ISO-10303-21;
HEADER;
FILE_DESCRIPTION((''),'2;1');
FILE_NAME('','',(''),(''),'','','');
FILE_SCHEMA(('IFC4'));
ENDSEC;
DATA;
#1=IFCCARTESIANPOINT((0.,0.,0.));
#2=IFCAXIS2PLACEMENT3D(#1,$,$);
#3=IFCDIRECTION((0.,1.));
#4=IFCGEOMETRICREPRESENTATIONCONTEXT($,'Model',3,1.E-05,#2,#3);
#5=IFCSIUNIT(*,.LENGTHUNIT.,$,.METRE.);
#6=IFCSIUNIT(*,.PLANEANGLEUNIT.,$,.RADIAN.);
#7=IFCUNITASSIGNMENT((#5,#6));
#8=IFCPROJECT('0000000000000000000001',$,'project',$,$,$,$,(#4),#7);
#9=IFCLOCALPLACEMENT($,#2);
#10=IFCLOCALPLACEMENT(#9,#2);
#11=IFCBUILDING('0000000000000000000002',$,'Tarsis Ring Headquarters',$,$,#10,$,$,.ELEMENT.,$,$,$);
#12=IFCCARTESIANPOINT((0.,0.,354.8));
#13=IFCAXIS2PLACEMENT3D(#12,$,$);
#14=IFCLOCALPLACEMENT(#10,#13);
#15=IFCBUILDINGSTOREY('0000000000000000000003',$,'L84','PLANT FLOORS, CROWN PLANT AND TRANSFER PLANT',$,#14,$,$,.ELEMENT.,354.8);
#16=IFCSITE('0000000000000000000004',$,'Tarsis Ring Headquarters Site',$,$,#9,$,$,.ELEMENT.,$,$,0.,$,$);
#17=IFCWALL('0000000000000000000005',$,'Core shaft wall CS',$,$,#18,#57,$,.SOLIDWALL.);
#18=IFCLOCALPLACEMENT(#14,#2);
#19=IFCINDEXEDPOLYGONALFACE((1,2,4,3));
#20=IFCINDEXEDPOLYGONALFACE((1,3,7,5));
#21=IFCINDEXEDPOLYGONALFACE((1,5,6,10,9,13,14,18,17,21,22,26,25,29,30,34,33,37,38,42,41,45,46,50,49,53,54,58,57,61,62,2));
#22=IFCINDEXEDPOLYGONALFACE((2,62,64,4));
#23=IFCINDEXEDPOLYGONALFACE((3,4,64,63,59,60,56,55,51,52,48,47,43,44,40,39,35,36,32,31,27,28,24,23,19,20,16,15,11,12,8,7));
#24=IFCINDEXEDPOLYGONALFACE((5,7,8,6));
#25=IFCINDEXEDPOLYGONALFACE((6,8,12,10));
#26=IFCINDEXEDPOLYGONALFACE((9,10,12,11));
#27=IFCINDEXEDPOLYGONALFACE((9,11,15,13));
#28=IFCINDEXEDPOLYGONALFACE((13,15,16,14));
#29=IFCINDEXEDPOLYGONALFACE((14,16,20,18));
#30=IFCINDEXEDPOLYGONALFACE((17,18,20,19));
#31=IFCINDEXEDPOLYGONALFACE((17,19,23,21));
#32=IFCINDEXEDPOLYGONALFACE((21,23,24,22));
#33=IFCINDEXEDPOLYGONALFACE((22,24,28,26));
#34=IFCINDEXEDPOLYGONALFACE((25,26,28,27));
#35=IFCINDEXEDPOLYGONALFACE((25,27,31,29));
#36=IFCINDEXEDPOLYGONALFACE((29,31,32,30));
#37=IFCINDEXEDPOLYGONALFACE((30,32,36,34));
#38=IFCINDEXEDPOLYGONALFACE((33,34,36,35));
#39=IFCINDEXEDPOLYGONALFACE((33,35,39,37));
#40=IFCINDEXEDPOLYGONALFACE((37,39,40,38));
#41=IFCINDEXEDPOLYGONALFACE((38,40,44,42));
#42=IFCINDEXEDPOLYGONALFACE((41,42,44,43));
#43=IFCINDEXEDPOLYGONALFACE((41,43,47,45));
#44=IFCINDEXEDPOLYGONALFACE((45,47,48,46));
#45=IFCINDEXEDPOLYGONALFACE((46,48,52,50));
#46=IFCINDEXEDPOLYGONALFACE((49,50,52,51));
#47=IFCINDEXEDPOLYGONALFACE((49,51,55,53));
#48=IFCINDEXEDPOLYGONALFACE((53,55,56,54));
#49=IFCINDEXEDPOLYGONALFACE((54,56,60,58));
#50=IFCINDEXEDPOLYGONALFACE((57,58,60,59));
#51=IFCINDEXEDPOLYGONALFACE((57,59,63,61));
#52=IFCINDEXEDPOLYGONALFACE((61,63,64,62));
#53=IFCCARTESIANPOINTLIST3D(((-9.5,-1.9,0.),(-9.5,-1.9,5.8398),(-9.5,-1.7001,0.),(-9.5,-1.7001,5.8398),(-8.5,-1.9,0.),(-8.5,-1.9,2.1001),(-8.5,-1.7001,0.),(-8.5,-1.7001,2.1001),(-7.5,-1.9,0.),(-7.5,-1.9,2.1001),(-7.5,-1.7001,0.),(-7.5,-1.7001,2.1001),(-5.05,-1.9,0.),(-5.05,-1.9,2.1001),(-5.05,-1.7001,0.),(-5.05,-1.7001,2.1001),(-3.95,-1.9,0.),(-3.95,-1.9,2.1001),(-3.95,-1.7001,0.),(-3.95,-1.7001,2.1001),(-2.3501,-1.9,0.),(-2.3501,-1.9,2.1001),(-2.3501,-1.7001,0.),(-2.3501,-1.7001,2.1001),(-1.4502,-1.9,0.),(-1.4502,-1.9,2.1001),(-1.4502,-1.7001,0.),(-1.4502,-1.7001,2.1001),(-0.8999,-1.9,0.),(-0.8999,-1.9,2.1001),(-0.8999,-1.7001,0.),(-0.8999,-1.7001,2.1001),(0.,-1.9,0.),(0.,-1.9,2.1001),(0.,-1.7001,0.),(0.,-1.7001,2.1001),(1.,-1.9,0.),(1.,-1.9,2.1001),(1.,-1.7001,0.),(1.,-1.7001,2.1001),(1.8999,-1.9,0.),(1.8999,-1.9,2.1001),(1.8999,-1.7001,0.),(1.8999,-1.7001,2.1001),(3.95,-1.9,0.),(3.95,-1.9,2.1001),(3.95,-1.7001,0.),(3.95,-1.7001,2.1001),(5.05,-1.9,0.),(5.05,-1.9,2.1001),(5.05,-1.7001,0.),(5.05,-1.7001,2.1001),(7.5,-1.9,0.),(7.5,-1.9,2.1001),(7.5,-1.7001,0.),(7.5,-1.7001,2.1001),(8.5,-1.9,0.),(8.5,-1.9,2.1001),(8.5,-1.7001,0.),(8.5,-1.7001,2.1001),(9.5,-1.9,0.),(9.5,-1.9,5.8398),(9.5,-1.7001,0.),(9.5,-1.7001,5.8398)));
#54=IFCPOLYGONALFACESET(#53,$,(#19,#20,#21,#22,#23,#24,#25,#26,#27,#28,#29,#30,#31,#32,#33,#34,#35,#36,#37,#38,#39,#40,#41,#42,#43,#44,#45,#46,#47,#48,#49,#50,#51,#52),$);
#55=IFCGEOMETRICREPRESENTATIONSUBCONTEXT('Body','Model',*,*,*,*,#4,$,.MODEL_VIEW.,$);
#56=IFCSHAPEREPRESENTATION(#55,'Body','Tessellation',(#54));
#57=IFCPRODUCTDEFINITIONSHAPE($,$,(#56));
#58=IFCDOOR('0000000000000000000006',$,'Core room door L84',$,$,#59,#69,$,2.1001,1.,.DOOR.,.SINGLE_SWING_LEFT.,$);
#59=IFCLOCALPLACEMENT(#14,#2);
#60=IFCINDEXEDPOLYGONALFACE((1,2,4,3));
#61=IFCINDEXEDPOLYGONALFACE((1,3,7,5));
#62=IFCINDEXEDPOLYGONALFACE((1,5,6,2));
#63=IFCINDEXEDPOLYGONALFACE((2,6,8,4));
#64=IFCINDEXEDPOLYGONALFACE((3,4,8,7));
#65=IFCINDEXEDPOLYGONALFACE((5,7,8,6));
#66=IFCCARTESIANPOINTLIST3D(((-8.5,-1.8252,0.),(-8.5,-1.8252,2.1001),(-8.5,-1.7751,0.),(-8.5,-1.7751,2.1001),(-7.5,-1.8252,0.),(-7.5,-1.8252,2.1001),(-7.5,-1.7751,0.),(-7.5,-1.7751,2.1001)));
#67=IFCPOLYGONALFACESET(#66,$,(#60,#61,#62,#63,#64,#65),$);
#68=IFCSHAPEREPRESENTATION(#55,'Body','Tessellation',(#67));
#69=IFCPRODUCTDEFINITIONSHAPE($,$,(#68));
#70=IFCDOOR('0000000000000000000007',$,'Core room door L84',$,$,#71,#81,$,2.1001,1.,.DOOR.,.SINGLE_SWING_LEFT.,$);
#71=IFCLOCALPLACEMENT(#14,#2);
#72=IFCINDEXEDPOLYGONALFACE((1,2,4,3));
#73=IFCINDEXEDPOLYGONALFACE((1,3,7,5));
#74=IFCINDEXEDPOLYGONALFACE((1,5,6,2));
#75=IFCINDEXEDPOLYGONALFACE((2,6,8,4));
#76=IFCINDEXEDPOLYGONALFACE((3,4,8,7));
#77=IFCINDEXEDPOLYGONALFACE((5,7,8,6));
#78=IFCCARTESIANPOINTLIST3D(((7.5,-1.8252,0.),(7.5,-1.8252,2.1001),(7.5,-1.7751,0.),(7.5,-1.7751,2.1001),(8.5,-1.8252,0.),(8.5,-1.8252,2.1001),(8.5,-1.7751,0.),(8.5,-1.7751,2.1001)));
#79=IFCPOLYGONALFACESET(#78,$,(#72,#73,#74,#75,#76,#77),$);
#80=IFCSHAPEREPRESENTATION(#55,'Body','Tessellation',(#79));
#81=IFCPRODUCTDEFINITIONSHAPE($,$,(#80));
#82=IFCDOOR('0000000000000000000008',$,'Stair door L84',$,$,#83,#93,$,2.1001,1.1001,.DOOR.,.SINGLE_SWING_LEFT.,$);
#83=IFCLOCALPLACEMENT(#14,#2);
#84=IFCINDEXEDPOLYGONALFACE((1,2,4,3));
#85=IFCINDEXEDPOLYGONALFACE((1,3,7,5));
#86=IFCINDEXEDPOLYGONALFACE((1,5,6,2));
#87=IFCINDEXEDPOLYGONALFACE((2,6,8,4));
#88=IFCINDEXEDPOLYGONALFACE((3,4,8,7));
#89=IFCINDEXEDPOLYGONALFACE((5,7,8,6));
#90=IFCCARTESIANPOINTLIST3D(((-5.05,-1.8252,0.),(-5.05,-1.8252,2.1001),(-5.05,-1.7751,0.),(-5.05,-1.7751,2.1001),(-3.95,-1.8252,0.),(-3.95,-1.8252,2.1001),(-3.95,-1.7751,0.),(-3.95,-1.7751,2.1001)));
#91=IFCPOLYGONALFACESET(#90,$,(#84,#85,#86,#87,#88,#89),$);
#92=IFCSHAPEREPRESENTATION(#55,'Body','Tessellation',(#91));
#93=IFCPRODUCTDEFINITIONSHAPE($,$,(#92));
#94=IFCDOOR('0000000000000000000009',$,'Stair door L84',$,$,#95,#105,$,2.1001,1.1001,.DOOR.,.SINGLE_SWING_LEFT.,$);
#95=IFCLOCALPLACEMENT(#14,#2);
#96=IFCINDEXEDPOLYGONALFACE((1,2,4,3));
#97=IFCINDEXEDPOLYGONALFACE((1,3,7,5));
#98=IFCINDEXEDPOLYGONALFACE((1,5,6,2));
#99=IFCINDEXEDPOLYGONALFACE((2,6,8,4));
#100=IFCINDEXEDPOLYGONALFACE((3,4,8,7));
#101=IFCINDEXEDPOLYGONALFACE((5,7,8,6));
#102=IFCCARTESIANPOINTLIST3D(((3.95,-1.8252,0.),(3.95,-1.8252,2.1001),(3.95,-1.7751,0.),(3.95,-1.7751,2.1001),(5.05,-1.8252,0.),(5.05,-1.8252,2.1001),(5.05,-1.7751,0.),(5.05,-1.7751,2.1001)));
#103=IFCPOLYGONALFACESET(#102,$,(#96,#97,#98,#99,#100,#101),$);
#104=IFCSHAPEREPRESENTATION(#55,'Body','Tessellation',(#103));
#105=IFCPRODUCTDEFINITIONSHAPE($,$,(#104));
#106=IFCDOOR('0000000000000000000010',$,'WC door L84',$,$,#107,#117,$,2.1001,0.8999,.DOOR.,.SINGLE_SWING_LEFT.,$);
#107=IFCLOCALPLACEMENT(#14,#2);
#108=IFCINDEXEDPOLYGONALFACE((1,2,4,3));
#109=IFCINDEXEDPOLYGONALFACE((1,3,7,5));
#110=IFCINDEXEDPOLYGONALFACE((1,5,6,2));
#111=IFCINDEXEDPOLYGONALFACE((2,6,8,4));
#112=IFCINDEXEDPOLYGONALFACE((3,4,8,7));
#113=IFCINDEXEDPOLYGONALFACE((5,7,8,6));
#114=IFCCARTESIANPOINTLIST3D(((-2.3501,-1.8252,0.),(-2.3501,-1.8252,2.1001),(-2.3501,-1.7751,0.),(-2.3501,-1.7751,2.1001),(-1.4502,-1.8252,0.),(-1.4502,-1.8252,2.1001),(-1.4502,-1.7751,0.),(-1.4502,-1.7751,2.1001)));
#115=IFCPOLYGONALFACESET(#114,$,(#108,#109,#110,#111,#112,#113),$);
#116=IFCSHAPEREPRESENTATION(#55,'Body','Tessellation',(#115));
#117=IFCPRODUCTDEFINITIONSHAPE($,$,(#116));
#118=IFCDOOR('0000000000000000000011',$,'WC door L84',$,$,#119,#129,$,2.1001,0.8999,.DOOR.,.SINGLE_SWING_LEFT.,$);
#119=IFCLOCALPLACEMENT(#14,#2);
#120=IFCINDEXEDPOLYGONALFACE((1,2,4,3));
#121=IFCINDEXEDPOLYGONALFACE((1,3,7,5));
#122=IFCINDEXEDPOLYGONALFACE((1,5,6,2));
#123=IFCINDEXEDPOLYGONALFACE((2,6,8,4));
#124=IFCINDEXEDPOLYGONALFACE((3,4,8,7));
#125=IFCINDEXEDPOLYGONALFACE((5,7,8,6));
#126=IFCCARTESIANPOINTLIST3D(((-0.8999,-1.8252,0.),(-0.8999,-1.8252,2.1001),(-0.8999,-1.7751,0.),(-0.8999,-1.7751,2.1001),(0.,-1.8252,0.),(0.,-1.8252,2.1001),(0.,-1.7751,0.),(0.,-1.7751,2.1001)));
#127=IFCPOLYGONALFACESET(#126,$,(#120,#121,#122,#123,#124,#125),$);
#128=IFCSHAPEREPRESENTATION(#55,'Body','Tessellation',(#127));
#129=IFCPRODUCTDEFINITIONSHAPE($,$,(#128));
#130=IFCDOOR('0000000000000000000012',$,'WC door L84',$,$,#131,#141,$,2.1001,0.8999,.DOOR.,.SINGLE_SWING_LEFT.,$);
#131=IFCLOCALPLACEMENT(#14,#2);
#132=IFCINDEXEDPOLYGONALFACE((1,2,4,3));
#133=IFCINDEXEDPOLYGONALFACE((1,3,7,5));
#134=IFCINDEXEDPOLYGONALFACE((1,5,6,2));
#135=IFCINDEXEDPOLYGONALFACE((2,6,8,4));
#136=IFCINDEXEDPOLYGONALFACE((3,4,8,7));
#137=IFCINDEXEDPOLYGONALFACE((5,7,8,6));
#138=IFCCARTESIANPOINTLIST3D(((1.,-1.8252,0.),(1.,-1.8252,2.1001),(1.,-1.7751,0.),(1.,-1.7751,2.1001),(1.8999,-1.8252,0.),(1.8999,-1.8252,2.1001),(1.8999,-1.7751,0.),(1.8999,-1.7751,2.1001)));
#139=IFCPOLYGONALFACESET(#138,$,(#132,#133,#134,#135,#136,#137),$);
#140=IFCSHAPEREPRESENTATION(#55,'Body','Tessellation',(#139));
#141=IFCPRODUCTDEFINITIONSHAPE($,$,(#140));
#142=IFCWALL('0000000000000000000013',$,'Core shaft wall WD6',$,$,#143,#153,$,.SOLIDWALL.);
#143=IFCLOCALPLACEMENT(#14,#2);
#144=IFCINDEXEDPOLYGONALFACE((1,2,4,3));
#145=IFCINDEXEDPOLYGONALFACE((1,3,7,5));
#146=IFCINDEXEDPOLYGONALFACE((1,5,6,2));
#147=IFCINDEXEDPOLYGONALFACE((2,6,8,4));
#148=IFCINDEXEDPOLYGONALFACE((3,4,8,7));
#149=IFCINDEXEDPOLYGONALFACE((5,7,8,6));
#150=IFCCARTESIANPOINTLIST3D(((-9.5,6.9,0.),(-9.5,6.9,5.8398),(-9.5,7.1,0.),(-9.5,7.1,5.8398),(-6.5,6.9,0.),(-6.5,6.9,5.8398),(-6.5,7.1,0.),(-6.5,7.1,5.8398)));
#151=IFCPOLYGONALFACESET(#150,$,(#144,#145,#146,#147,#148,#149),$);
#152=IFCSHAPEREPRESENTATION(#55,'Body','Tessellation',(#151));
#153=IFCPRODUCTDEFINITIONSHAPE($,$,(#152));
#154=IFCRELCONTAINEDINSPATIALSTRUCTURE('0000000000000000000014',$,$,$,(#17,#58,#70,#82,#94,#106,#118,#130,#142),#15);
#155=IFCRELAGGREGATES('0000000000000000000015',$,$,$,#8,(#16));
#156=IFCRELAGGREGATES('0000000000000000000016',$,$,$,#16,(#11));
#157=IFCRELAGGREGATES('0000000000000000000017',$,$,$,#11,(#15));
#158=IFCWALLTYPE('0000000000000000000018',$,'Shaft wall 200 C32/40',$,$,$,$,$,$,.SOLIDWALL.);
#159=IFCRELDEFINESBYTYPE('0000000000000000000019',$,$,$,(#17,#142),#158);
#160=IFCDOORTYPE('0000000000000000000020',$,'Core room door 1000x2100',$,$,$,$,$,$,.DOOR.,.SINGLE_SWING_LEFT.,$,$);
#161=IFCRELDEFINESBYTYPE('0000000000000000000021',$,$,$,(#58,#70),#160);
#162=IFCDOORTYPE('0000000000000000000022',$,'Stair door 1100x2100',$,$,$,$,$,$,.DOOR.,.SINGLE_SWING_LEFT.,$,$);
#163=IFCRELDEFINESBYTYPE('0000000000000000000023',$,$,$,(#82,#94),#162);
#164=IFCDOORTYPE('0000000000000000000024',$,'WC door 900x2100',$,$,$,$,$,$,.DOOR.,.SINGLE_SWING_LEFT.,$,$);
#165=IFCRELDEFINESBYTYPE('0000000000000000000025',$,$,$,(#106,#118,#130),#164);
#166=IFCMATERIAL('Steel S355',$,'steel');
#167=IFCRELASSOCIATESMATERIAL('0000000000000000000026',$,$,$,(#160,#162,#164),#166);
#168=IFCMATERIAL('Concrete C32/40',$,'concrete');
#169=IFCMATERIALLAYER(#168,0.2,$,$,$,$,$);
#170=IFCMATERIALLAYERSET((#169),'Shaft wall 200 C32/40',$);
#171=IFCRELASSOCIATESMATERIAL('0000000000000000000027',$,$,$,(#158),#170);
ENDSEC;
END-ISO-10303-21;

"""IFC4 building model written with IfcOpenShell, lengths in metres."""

from ifc_helpers import new_model, si_unit, direction, frame, frame_2d, origin, place, context, subcontext, project, spatial, rectangle, extrude, material, layer, layer_set, type_object, element, fill, save


model = new_model("IFC4")

# Units and contexts
model_context = context("Model", 3, precision=1e-05, world=origin(), true_north=direction((0.0, 1.0)))
body_context = subcontext(model_context, "Body", "Model", "MODEL_VIEW")
ifc_project = project(units=[si_unit("LENGTHUNIT", "METRE"), si_unit("PLANEANGLEUNIT", "RADIAN")], contexts=[model_context])

# Site, building, storey
site_placement = place(None, origin())
site = spatial("IfcSite", under=ifc_project, at=site_placement, Name="Tarsis Ring Headquarters Site", CompositionType="ELEMENT", RefElevation=0.0)
building_placement = place(site_placement, origin())
building = spatial("IfcBuilding", under=site, at=building_placement, Name="Tarsis Ring Headquarters", CompositionType="ELEMENT")
storey_placement = place(building_placement, frame((0.0, 0.0, 354.8)))
storey = spatial("IfcBuildingStorey", under=building, at=storey_placement, Name="L84", Description="PLANT FLOORS, CROWN PLANT AND TRANSFER PLANT", CompositionType="ELEMENT", Elevation=354.8)

# Shared definitions
ifc_material_1 = material(Name="Steel S355", Category="steel")
door_type_1 = type_object("IfcDoorType", Name="Core room door 1000x2100", OperationType="SINGLE_SWING_LEFT", PredefinedType="DOOR", material=ifc_material_1)

# Wall, openings, doors
ifc_material_2 = material(Name="Concrete C32/40", Category="concrete")
ifc_layer_1 = layer(ifc_material_2, 0.2)
ifc_layer_set_1 = layer_set([ifc_layer_1], Name="Shaft wall 200 C32/40")
wall_type_1 = type_object("IfcWallType", Name="Shaft wall 200 C32/40", PredefinedType="SOLIDWALL", material=ifc_layer_set_1)
door_type_2 = type_object("IfcDoorType", Name="Stair door 1100x2100", OperationType="SINGLE_SWING_LEFT", PredefinedType="DOOR", material=ifc_material_1)
wall_1_placement = place(storey_placement, frame((-9.5, -1.8, 0.0), z_axis=(0.0, 0.0, 1.0), x_axis=(1.0, 0.0, 0.0)))
wall_1 = element("IfcWall", 1, at=wall_1_placement, inside=storey, type_object=wall_type_1, Name="Core shaft wall CS", PredefinedType="SOLIDWALL", context=body_context, shape_type="SweptSolid", body=[
    extrude(rectangle(XDim=19.0, YDim=0.2, at=frame_2d((9.5, 0.0))), origin(), (0.0, 0.0, 1.0), 5.8398),
])
opening_1_placement = place(wall_1_placement, frame((1.0, 0.0, 0.0)))
opening_1 = element("IfcOpeningElement", 2, at=opening_1_placement, cuts=wall_1, PredefinedType="OPENING", context=body_context, shape_type="SweptSolid", body=[
    extrude(rectangle(XDim=1.0, YDim=2.1001, at=frame_2d((0.5, 1.05))), frame((0.0, 0.1099, 0.0), z_axis=(0.0, -1.0, 0.0), x_axis=(1.0, 0.0, 0.0)), (0.0, 0.0, 1.0), 0.22),
])
opening_2_placement = place(wall_1_placement, frame((4.45, 0.0, 0.0)))
opening_2 = element("IfcOpeningElement", 3, at=opening_2_placement, cuts=wall_1, PredefinedType="OPENING", context=body_context, shape_type="SweptSolid", body=[
    extrude(rectangle(XDim=1.1001, YDim=2.1001, at=frame_2d((0.55, 1.05))), frame((0.0, 0.1099, 0.0), z_axis=(0.0, -1.0, 0.0), x_axis=(1.0, 0.0, 0.0)), (0.0, 0.0, 1.0), 0.22),
])
opening_3_placement = place(wall_1_placement, frame((7.1499, 0.0, 0.0)))
opening_3 = element("IfcOpeningElement", 4, at=opening_3_placement, cuts=wall_1, PredefinedType="OPENING", context=body_context, shape_type="SweptSolid", body=[
    extrude(rectangle(XDim=0.8999, YDim=2.1001, at=frame_2d((0.45, 1.05))), frame((0.0, 0.1099, 0.0), z_axis=(0.0, -1.0, 0.0), x_axis=(1.0, 0.0, 0.0)), (0.0, 0.0, 1.0), 0.22),
])
opening_4_placement = place(wall_1_placement, frame((8.6001, 0.0, 0.0)))
opening_4 = element("IfcOpeningElement", 5, at=opening_4_placement, cuts=wall_1, PredefinedType="OPENING", context=body_context, shape_type="SweptSolid", body=[
    extrude(rectangle(XDim=0.8999, YDim=2.1001, at=frame_2d((0.45, 1.05))), frame((0.0, 0.1099, 0.0), z_axis=(0.0, -1.0, 0.0), x_axis=(1.0, 0.0, 0.0)), (0.0, 0.0, 1.0), 0.22),
])
opening_5_placement = place(wall_1_placement, frame((10.5, 0.0, 0.0)))
opening_5 = element("IfcOpeningElement", 6, at=opening_5_placement, cuts=wall_1, PredefinedType="OPENING", context=body_context, shape_type="SweptSolid", body=[
    extrude(rectangle(XDim=0.8999, YDim=2.1001, at=frame_2d((0.45, 1.05))), frame((0.0, 0.1099, 0.0), z_axis=(0.0, -1.0, 0.0), x_axis=(1.0, 0.0, 0.0)), (0.0, 0.0, 1.0), 0.22),
])
opening_6_placement = place(wall_1_placement, frame((13.45, 0.0, 0.0)))
opening_6 = element("IfcOpeningElement", 7, at=opening_6_placement, cuts=wall_1, PredefinedType="OPENING", context=body_context, shape_type="SweptSolid", body=[
    extrude(rectangle(XDim=1.1001, YDim=2.1001, at=frame_2d((0.55, 1.05))), frame((0.0, 0.1099, 0.0), z_axis=(0.0, -1.0, 0.0), x_axis=(1.0, 0.0, 0.0)), (0.0, 0.0, 1.0), 0.22),
])
opening_7_placement = place(wall_1_placement, frame((17.0, 0.0, 0.0)))
opening_7 = element("IfcOpeningElement", 8, at=opening_7_placement, cuts=wall_1, PredefinedType="OPENING", context=body_context, shape_type="SweptSolid", body=[
    extrude(rectangle(XDim=1.0, YDim=2.1001, at=frame_2d((0.5, 1.05))), frame((0.0, 0.1099, 0.0), z_axis=(0.0, -1.0, 0.0), x_axis=(1.0, 0.0, 0.0)), (0.0, 0.0, 1.0), 0.22),
])
door_1_placement = place(opening_1_placement, origin())
door_1 = element("IfcDoor", 9, at=door_1_placement, inside=storey, type_object=door_type_1, Name="Core room door L84", OperationType="SINGLE_SWING_LEFT", OverallHeight=2.1001, OverallWidth=1.0, PredefinedType="DOOR", context=body_context, shape_type="SweptSolid", body=[
    extrude(rectangle(XDim=1.0, YDim=2.1001, at=frame_2d((0.5, 1.05))), frame((0.0, 0.0249, 0.0), z_axis=(0.0, -1.0, 0.0), x_axis=(1.0, 0.0, 0.0)), (0.0, 0.0, 1.0), 0.05),
])
fill(opening_1, door_1)
door_2_placement = place(opening_7_placement, origin())
door_2 = element("IfcDoor", 10, at=door_2_placement, inside=storey, type_object=door_type_1, Name="Core room door L84", OperationType="SINGLE_SWING_LEFT", OverallHeight=2.1001, OverallWidth=1.0, PredefinedType="DOOR", context=body_context, shape_type="SweptSolid", body=[
    extrude(rectangle(XDim=1.0, YDim=2.1001, at=frame_2d((0.5, 1.05))), frame((0.0, 0.0249, 0.0), z_axis=(0.0, -1.0, 0.0), x_axis=(1.0, 0.0, 0.0)), (0.0, 0.0, 1.0), 0.05),
])
fill(opening_7, door_2)
door_3_placement = place(opening_2_placement, origin())
door_3 = element("IfcDoor", 11, at=door_3_placement, inside=storey, type_object=door_type_2, Name="Stair door L84", OperationType="SINGLE_SWING_LEFT", OverallHeight=2.1001, OverallWidth=1.1001, PredefinedType="DOOR", context=body_context, shape_type="SweptSolid", body=[
    extrude(rectangle(XDim=1.1001, YDim=2.1001, at=frame_2d((0.55, 1.05))), frame((0.0, 0.0249, 0.0), z_axis=(0.0, -1.0, 0.0), x_axis=(1.0, 0.0, 0.0)), (0.0, 0.0, 1.0), 0.05),
])
fill(opening_2, door_3)
door_4_placement = place(opening_6_placement, origin())
door_4 = element("IfcDoor", 12, at=door_4_placement, inside=storey, type_object=door_type_2, Name="Stair door L84", OperationType="SINGLE_SWING_LEFT", OverallHeight=2.1001, OverallWidth=1.1001, PredefinedType="DOOR", context=body_context, shape_type="SweptSolid", body=[
    extrude(rectangle(XDim=1.1001, YDim=2.1001, at=frame_2d((0.55, 1.05))), frame((0.0, 0.0249, 0.0), z_axis=(0.0, -1.0, 0.0), x_axis=(1.0, 0.0, 0.0)), (0.0, 0.0, 1.0), 0.05),
])
fill(opening_6, door_4)
door_type_3 = type_object("IfcDoorType", Name="WC door 900x2100", OperationType="SINGLE_SWING_LEFT", PredefinedType="DOOR", material=ifc_material_1)
door_5_placement = place(opening_3_placement, origin())
door_5 = element("IfcDoor", 13, at=door_5_placement, inside=storey, type_object=door_type_3, Name="WC door L84", OperationType="SINGLE_SWING_LEFT", OverallHeight=2.1001, OverallWidth=0.8999, PredefinedType="DOOR", context=body_context, shape_type="SweptSolid", body=[
    extrude(rectangle(XDim=0.8999, YDim=2.1001, at=frame_2d((0.45, 1.05))), frame((0.0, 0.0249, 0.0), z_axis=(0.0, -1.0, 0.0), x_axis=(1.0, 0.0, 0.0)), (0.0, 0.0, 1.0), 0.05),
])
fill(opening_3, door_5)
door_6_placement = place(opening_4_placement, origin())
door_6 = element("IfcDoor", 14, at=door_6_placement, inside=storey, type_object=door_type_3, Name="WC door L84", OperationType="SINGLE_SWING_LEFT", OverallHeight=2.1001, OverallWidth=0.8999, PredefinedType="DOOR", context=body_context, shape_type="SweptSolid", body=[
    extrude(rectangle(XDim=0.8999, YDim=2.1001, at=frame_2d((0.45, 1.05))), frame((0.0, 0.0249, 0.0), z_axis=(0.0, -1.0, 0.0), x_axis=(1.0, 0.0, 0.0)), (0.0, 0.0, 1.0), 0.05),
])
fill(opening_4, door_6)
door_7_placement = place(opening_5_placement, origin())
door_7 = element("IfcDoor", 15, at=door_7_placement, inside=storey, type_object=door_type_3, Name="WC door L84", OperationType="SINGLE_SWING_LEFT", OverallHeight=2.1001, OverallWidth=0.8999, PredefinedType="DOOR", context=body_context, shape_type="SweptSolid", body=[
    extrude(rectangle(XDim=0.8999, YDim=2.1001, at=frame_2d((0.45, 1.05))), frame((0.0, 0.0249, 0.0), z_axis=(0.0, -1.0, 0.0), x_axis=(1.0, 0.0, 0.0)), (0.0, 0.0, 1.0), 0.05),
])
fill(opening_5, door_7)

# Wall
wall_2_placement = place(storey_placement, frame((-9.5, 7.0, 0.0), z_axis=(0.0, 0.0, 1.0), x_axis=(1.0, 0.0, 0.0)))
element("IfcWall", 16, at=wall_2_placement, inside=storey, type_object=wall_type_1, Name="Core shaft wall WD6", PredefinedType="SOLIDWALL", context=body_context, shape_type="SweptSolid", body=[
    extrude(rectangle(XDim=3.0, YDim=0.2, at=frame_2d((1.5, 0.0))), origin(), (0.0, 0.0, 1.0), 5.8398),
])

save(model, "model.ifc")
